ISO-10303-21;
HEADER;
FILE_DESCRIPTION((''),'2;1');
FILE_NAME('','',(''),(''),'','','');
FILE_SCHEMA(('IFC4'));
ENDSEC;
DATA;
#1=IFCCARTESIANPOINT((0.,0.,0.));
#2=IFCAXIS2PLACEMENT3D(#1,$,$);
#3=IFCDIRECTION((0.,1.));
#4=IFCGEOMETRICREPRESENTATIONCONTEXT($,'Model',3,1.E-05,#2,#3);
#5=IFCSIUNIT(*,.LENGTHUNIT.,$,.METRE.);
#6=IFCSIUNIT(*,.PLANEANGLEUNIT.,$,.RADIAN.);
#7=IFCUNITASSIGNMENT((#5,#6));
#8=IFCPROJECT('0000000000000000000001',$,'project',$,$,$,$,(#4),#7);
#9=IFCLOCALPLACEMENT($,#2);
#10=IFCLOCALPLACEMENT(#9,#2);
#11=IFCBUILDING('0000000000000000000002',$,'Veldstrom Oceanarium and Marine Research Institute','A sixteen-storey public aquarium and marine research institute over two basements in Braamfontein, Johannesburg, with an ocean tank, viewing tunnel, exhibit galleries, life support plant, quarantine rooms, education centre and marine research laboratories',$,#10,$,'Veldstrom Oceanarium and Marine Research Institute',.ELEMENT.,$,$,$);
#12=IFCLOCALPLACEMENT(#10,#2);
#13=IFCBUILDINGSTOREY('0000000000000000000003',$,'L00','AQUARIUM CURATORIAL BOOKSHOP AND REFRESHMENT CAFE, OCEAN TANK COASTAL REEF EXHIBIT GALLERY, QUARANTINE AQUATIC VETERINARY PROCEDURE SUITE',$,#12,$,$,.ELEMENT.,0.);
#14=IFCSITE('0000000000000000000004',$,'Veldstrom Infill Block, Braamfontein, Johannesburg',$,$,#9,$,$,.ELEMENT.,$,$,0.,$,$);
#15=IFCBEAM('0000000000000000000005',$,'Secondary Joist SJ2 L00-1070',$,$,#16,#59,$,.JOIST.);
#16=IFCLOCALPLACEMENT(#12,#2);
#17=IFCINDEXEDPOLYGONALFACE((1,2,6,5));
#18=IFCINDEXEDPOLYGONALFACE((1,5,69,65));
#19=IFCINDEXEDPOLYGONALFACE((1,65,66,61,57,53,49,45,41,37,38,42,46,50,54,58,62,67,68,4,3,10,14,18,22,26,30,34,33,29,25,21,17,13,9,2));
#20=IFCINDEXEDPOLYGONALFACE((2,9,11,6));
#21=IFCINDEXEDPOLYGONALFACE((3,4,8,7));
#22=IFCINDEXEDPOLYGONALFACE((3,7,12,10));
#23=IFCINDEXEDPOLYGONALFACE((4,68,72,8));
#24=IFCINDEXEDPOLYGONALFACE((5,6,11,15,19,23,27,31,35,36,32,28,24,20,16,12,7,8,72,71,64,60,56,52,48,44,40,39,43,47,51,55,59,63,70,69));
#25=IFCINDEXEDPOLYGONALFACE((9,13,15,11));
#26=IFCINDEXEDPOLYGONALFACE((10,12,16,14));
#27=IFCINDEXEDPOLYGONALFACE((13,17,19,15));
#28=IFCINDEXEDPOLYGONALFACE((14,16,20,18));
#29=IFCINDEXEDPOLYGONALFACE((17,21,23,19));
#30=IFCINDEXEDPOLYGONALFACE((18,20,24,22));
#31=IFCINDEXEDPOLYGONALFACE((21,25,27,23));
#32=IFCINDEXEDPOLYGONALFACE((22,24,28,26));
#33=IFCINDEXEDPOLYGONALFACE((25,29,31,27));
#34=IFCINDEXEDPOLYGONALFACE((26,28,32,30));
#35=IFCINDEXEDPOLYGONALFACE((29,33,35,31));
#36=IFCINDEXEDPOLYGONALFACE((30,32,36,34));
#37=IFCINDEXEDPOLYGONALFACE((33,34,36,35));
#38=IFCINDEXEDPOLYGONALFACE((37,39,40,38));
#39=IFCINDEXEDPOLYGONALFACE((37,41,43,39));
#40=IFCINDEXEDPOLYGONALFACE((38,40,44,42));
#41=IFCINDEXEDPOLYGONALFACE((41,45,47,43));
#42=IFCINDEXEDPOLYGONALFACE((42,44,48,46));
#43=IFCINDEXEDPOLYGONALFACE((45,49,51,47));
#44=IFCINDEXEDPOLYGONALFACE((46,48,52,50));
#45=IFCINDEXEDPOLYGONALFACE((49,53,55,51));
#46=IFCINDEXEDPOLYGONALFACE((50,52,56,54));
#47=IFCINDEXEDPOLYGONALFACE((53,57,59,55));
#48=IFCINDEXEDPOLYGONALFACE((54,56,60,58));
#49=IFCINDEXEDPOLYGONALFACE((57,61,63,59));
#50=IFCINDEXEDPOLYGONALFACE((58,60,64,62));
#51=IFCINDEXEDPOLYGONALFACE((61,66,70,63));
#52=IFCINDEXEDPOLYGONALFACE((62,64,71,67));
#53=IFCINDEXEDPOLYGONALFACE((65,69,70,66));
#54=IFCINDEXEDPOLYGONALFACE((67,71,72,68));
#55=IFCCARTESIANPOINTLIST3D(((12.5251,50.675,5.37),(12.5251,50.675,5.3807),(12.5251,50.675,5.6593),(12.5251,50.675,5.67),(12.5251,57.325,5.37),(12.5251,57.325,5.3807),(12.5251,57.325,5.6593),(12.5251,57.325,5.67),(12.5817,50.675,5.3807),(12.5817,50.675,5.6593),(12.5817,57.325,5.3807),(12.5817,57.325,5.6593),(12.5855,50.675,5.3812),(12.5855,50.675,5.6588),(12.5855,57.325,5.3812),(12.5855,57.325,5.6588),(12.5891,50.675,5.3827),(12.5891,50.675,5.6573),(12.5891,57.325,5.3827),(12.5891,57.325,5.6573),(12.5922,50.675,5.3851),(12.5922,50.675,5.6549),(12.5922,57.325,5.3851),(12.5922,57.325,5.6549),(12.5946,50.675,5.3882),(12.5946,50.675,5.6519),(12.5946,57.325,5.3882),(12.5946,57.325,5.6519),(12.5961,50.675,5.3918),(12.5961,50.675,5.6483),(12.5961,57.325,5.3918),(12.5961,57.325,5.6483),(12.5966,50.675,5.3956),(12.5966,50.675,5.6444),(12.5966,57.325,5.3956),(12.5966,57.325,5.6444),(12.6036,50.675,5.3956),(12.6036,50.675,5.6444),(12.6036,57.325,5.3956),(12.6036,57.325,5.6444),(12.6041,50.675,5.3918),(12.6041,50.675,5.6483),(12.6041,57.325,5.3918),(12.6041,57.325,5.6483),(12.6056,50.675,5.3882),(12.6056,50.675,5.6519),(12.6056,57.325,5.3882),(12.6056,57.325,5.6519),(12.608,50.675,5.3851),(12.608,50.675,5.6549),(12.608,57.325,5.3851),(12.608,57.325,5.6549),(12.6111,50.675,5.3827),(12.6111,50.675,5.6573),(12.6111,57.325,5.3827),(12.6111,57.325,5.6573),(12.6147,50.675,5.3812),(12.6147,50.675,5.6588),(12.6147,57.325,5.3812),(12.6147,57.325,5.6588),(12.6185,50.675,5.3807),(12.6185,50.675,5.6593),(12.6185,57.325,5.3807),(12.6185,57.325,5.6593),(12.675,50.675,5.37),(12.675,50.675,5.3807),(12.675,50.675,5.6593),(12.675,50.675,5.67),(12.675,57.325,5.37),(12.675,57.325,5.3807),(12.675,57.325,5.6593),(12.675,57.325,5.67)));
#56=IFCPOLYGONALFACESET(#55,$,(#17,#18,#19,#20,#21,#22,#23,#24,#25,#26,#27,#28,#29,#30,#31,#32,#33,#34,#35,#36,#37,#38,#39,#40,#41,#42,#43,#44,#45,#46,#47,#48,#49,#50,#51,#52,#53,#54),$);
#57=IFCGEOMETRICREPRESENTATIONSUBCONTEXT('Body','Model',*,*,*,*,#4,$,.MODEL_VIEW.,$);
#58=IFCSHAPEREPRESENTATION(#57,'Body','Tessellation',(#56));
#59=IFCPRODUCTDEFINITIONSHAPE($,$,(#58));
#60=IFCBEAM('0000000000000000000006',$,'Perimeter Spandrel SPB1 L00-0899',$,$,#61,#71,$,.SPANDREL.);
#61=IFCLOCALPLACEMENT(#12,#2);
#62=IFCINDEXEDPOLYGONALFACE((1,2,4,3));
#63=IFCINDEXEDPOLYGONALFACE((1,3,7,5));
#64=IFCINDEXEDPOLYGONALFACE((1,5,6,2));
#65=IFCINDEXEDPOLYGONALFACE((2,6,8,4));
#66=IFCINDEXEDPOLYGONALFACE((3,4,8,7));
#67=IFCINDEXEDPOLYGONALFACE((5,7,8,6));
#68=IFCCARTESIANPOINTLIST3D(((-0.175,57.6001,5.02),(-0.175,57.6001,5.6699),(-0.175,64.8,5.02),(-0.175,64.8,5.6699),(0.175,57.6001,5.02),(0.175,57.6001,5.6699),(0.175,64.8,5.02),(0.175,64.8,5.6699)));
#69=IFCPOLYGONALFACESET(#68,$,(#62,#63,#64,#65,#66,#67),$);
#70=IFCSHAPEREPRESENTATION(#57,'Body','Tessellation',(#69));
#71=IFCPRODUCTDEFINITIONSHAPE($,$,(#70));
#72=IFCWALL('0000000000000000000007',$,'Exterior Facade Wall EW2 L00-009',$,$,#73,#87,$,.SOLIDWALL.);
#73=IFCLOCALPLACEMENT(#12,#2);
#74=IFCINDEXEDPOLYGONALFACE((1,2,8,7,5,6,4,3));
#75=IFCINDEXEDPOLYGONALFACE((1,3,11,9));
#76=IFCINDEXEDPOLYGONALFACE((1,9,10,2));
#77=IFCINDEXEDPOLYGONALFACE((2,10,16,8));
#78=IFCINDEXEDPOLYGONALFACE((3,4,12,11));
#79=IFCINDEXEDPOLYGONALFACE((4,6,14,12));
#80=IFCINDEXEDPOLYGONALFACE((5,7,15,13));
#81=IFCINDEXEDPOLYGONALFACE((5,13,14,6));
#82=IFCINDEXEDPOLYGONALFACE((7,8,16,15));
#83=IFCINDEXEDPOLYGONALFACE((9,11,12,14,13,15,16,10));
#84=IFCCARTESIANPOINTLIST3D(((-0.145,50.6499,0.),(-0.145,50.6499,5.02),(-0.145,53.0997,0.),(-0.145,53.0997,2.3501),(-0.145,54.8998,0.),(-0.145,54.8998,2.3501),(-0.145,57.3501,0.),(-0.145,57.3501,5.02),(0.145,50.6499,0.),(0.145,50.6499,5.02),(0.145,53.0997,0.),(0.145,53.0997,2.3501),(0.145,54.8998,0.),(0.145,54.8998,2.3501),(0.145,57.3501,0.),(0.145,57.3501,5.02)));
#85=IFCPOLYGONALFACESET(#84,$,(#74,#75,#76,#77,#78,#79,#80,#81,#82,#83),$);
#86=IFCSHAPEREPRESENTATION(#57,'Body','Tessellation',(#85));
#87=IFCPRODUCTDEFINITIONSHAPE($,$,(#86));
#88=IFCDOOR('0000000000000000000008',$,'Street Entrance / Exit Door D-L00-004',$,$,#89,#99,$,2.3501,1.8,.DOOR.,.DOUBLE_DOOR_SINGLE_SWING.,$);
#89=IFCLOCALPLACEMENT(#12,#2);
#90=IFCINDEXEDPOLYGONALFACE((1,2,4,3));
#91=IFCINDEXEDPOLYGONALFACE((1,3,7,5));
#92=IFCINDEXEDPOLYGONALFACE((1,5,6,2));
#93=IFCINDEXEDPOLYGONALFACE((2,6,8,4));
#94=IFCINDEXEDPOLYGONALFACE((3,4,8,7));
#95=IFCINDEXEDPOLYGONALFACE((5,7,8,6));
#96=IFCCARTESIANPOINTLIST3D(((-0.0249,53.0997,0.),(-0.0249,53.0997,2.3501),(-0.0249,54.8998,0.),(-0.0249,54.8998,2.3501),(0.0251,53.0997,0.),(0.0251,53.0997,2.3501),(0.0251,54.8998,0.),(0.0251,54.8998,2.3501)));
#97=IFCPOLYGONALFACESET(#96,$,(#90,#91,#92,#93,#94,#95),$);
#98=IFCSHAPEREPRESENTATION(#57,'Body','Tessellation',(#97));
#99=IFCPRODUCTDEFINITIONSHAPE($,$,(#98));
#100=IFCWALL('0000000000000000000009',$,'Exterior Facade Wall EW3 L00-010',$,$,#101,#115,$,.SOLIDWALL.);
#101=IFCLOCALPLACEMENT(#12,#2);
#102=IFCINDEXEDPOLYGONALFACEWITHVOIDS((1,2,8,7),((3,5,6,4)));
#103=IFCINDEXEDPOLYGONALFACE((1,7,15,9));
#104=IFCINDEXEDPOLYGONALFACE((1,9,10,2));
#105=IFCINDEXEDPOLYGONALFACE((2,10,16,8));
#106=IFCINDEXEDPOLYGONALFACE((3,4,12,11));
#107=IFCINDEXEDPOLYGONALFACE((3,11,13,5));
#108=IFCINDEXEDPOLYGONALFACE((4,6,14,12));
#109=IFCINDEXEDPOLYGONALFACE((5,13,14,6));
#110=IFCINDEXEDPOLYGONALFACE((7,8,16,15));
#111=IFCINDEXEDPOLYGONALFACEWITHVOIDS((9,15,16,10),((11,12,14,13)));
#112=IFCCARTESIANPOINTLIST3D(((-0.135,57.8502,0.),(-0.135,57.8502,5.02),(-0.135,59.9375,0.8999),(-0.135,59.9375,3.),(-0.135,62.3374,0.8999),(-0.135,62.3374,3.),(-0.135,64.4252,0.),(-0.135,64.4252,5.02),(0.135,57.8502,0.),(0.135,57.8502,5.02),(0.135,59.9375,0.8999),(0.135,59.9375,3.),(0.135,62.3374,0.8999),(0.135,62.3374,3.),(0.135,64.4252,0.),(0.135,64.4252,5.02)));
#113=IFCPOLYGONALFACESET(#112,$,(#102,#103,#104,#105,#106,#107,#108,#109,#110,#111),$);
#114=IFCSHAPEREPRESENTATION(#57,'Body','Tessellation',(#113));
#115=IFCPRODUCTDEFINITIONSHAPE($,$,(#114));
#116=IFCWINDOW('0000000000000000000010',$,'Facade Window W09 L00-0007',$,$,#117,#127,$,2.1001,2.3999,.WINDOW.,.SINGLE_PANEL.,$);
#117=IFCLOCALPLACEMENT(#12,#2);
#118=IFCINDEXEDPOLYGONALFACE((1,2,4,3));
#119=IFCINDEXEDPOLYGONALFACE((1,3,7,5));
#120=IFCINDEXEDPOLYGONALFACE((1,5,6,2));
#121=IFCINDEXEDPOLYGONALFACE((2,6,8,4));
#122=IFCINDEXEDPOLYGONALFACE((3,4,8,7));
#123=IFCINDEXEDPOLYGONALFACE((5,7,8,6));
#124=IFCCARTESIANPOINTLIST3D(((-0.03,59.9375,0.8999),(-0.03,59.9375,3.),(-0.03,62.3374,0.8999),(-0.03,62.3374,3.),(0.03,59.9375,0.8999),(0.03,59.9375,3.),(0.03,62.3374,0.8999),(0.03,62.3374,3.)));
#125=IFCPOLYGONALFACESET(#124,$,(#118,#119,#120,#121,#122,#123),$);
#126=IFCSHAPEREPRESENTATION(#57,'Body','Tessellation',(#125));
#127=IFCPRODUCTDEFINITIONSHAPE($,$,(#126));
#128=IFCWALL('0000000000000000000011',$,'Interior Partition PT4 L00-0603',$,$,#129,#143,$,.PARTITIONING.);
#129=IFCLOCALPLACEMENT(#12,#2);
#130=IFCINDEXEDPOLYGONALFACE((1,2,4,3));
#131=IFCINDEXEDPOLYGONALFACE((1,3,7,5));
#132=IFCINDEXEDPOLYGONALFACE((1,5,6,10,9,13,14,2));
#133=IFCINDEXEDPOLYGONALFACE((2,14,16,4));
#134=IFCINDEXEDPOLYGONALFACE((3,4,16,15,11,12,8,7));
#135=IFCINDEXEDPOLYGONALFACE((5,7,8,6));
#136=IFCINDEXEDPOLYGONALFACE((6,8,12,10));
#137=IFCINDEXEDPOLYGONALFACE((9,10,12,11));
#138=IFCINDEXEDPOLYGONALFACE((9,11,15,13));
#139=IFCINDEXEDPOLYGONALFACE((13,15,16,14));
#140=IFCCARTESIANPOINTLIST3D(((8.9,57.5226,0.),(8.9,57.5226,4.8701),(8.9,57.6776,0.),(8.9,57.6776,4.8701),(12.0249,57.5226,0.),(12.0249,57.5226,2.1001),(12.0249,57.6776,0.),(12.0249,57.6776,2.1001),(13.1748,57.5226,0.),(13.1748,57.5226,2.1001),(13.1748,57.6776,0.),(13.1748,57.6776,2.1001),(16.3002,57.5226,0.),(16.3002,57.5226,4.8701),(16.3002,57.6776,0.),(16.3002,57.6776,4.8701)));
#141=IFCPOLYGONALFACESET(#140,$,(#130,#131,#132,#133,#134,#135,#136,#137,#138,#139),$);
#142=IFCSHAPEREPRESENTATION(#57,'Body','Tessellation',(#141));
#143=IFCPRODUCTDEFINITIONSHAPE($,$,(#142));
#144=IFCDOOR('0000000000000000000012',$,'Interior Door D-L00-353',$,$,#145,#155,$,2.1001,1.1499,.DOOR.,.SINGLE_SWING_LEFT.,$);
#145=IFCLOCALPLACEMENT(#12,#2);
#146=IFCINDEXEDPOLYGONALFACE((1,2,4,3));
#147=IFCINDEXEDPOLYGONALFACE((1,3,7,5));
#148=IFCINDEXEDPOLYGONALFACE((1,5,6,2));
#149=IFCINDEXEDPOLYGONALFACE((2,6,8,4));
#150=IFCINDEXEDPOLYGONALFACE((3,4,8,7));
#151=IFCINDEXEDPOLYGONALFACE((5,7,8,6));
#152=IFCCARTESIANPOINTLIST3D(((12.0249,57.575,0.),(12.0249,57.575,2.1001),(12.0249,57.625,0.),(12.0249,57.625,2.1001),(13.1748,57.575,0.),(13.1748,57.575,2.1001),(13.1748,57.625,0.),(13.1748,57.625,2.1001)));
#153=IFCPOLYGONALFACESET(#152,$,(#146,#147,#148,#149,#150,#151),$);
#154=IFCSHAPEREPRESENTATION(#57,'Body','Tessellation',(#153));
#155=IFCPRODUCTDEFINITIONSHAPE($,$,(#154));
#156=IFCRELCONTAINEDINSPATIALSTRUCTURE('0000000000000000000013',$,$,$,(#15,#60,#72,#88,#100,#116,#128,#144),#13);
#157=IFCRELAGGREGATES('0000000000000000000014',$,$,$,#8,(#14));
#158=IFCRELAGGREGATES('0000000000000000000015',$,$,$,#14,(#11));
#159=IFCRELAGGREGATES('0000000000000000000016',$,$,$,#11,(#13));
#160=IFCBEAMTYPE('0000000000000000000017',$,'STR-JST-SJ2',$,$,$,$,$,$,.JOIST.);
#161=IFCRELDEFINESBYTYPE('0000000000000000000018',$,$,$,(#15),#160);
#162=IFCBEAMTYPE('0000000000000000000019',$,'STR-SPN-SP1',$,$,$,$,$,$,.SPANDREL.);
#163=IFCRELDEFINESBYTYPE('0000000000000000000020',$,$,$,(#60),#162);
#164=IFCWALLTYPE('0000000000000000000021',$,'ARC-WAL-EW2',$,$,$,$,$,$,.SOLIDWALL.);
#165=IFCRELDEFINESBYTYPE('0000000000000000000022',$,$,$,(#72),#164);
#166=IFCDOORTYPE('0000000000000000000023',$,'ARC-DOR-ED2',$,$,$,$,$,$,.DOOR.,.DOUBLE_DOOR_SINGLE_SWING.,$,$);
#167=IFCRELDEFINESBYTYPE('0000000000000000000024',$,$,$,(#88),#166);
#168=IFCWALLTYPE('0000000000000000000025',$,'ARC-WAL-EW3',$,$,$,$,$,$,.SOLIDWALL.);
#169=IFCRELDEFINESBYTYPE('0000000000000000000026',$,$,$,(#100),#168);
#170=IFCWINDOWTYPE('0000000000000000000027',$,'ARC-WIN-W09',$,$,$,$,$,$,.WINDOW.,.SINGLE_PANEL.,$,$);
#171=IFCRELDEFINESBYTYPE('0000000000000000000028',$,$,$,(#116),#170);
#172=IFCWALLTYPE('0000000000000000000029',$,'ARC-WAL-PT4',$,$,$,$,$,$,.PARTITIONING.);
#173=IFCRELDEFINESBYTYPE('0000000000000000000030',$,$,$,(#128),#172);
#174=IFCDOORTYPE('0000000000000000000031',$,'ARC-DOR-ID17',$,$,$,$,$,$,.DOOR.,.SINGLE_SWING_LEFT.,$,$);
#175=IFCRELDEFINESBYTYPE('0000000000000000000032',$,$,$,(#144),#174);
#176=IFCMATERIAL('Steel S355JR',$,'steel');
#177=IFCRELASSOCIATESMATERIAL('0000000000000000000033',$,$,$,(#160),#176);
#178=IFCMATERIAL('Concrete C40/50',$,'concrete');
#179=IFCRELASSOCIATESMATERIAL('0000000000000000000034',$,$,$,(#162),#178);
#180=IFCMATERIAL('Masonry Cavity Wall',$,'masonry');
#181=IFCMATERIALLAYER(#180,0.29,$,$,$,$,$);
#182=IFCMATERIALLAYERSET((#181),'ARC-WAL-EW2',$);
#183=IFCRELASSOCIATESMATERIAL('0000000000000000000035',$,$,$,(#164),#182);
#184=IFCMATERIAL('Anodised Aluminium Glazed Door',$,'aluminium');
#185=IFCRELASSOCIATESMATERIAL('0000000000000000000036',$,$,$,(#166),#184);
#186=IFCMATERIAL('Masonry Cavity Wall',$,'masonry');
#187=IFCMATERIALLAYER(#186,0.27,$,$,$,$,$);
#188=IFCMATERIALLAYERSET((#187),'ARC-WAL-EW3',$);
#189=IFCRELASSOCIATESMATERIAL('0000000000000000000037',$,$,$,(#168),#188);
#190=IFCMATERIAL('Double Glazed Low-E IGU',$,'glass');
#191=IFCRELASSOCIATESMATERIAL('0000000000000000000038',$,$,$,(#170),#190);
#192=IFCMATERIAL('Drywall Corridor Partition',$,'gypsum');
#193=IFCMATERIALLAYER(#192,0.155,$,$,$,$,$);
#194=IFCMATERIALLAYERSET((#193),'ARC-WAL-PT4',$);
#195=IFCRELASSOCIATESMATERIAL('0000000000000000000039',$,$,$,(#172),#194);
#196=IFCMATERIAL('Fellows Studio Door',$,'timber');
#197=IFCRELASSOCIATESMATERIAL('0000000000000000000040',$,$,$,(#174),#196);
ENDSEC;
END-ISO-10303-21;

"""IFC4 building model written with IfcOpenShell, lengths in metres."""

from ifc_helpers import new_model, si_unit, direction, frame, frame_2d, origin, origin_2d, place, context, subcontext, project, spatial, rectangle, i_section, extrude, material, layer, layer_set, material_profile, profile_set, type_object, element, fill, save


model = new_model("IFC4")

# Units and contexts
model_context = context("Model", 3, precision=1e-05, world=origin(), true_north=direction((0.0, 1.0)))
body_context = subcontext(model_context, "Body", "Model", "MODEL_VIEW")
ifc_project = project(units=[si_unit("LENGTHUNIT", "METRE"), si_unit("PLANEANGLEUNIT", "RADIAN")], contexts=[model_context])

# Site, building, storey
site_placement = place(None, origin())
site = spatial("IfcSite", under=ifc_project, at=site_placement, Name="Veldstrom Infill Block, Braamfontein, Johannesburg", CompositionType="ELEMENT", RefElevation=0.0)
building_placement = place(site_placement, origin())
building = spatial("IfcBuilding", under=site, at=building_placement, Name="Veldstrom Oceanarium and Marine Research Institute", Description="A sixteen-storey public aquarium and marine research institute over two basements in Braamfontein, Johannesburg, with an ocean tank, viewing tunnel, exhibit galleries, life support plant, quarantine rooms, education centre and marine research laboratories", LongName="Veldstrom Oceanarium and Marine Research Institute", CompositionType="ELEMENT")
storey_placement = place(building_placement, origin())
storey = spatial("IfcBuildingStorey", under=building, at=storey_placement, Name="L00", Description="AQUARIUM CURATORIAL BOOKSHOP AND REFRESHMENT CAFE, OCEAN TANK COASTAL REEF EXHIBIT GALLERY, QUARANTINE AQUATIC VETERINARY PROCEDURE SUITE", CompositionType="ELEMENT", Elevation=0.0)

# Beams
ifc_material_1 = material(Name="Steel S355JR", Category="steel")
ifc_material_profile_1 = material_profile(ifc_material_1, i_section(OverallWidth=0.1499, OverallDepth=0.3, WebThickness=0.0071, FlangeThickness=0.0107, FilletRadius=0.0149, at=origin_2d()), Name="IPE 300")
ifc_profile_set_1 = profile_set([ifc_material_profile_1], Name="Steel S355JR")
beam_type_1 = type_object("IfcBeamType", Name="STR-JST-SJ2", PredefinedType="JOIST", material=ifc_profile_set_1)
for number, where, z_axis, x_axis, name in (
    (1, (12.6001, 50.675, 5.52), (0.0, 1.0, 0.0), (-1.0, 0.0, 0.0), "Secondary Joist SJ2 L00-1070"),
):
    element("IfcBeam", number, at=place(storey_placement, frame(where, z_axis=z_axis, x_axis=x_axis)), inside=storey, type_object=beam_type_1, Name=name, PredefinedType="JOIST", context=body_context, shape_type="SweptSolid", body=[
        extrude(i_section(OverallWidth=0.1499, OverallDepth=0.3, WebThickness=0.0071, FlangeThickness=0.0107, FilletRadius=0.0149, at=origin_2d()), origin(), (0.0, 0.0, 1.0), 6.6499),
    ])
ifc_material_2 = material(Name="Concrete C40/50", Category="concrete")
ifc_material_profile_2 = material_profile(ifc_material_2, rectangle(XDim=0.3501, YDim=0.6499, at=origin_2d()), Name="RC-SPN-350x650")
ifc_profile_set_2 = profile_set([ifc_material_profile_2], Name="Concrete C40/50")
beam_type_2 = type_object("IfcBeamType", Name="STR-SPN-SP1", PredefinedType="SPANDREL", material=ifc_profile_set_2)
beam_1_placement = place(storey_placement, frame((0.0, 57.6001, 5.345), z_axis=(0.0, 1.0, 0.0), x_axis=(-1.0, 0.0, 0.0)))
element("IfcBeam", 2, at=beam_1_placement, inside=storey, type_object=beam_type_2, Name="Perimeter Spandrel SPB1 L00-0899", PredefinedType="SPANDREL", context=body_context, shape_type="SweptSolid", body=[
    extrude(rectangle(XDim=0.3501, YDim=0.6499, at=origin_2d()), origin(), (0.0, 0.0, 1.0), 7.2),
])

# Wall, opening, door
ifc_material_3 = material(Name="Masonry Cavity Wall", Category="masonry")
ifc_layer_1 = layer(ifc_material_3, 0.29)
ifc_layer_set_1 = layer_set([ifc_layer_1], Name="ARC-WAL-EW2")
wall_type_1 = type_object("IfcWallType", Name="ARC-WAL-EW2", PredefinedType="SOLIDWALL", material=ifc_layer_set_1)
wall_1_placement = place(storey_placement, frame((0.0, 50.6499, 0.0), z_axis=(0.0, 0.0, 1.0), x_axis=(0.0, 1.0, 0.0)))
wall_1 = element("IfcWall", 3, at=wall_1_placement, inside=storey, type_object=wall_type_1, Name="Exterior Facade Wall EW2 L00-009", PredefinedType="SOLIDWALL", context=body_context, shape_type="SweptSolid", body=[
    extrude(rectangle(XDim=6.7002, YDim=0.29, at=frame_2d((3.3501, 0.0))), origin(), (0.0, 0.0, 1.0), 5.02),
])
opening_1_placement = place(wall_1_placement, frame((2.45, 0.0, 0.0)))
opening_1 = element("IfcOpeningElement", 4, at=opening_1_placement, cuts=wall_1, PredefinedType="OPENING", context=body_context, shape_type="SweptSolid", body=[
    extrude(rectangle(XDim=1.8, YDim=2.3501, at=frame_2d((0.8999, 1.175))), frame((0.0, 0.155, 0.0), z_axis=(0.0, -1.0, 0.0), x_axis=(1.0, 0.0, 0.0)), (0.0, 0.0, 1.0), 0.3101),
])
ifc_material_4 = material(Name="Anodised Aluminium Glazed Door", Category="aluminium")
door_type_1 = type_object("IfcDoorType", Name="ARC-DOR-ED2", OperationType="DOUBLE_DOOR_SINGLE_SWING", PredefinedType="DOOR", material=ifc_material_4)
door_1_placement = place(opening_1_placement, origin())
door_1 = element("IfcDoor", 5, at=door_1_placement, inside=storey, type_object=door_type_1, Name="Street Entrance / Exit Door D-L00-004", OperationType="DOUBLE_DOOR_SINGLE_SWING", OverallHeight=2.3501, OverallWidth=1.8, PredefinedType="DOOR", context=body_context, shape_type="SweptSolid", body=[
    extrude(rectangle(XDim=1.8, YDim=2.3501, at=frame_2d((0.8999, 1.175))), frame((0.0, 0.0249, 0.0), z_axis=(0.0, -1.0, 0.0), x_axis=(1.0, 0.0, 0.0)), (0.0, 0.0, 1.0), 0.05),
])
fill(opening_1, door_1)

# Wall, opening, window
ifc_material_5 = material(Name="Masonry Cavity Wall", Category="masonry")
ifc_layer_2 = layer(ifc_material_5, 0.27)
ifc_layer_set_2 = layer_set([ifc_layer_2], Name="ARC-WAL-EW3")
wall_type_2 = type_object("IfcWallType", Name="ARC-WAL-EW3", PredefinedType="SOLIDWALL", material=ifc_layer_set_2)
wall_2_placement = place(storey_placement, frame((0.0, 57.8501, 0.0), z_axis=(0.0, 0.0, 1.0), x_axis=(0.0, 1.0, 0.0)))
wall_2 = element("IfcWall", 6, at=wall_2_placement, inside=storey, type_object=wall_type_2, Name="Exterior Facade Wall EW3 L00-010", PredefinedType="SOLIDWALL", context=body_context, shape_type="SweptSolid", body=[
    extrude(rectangle(XDim=6.575, YDim=0.27, at=frame_2d((3.2876, 0.0))), origin(), (0.0, 0.0, 1.0), 5.02),
])
opening_2_placement = place(wall_2_placement, frame((2.0874, 0.0, 0.8999)))
opening_2 = element("IfcOpeningElement", 7, at=opening_2_placement, cuts=wall_2, PredefinedType="OPENING", context=body_context, shape_type="SweptSolid", body=[
    extrude(rectangle(XDim=2.3999, YDim=2.1001, at=frame_2d((1.2, 1.05))), frame((0.0, 0.145, 0.0), z_axis=(0.0, -1.0, 0.0), x_axis=(1.0, 0.0, 0.0)), (0.0, 0.0, 1.0), 0.29),
])
ifc_material_6 = material(Name="Double Glazed Low-E IGU", Category="glass")
window_type = type_object("IfcWindowType", Name="ARC-WIN-W09", PartitioningType="SINGLE_PANEL", PredefinedType="WINDOW", material=ifc_material_6)
window_placement = place(opening_2_placement, origin())
window = element("IfcWindow", 8, at=window_placement, inside=storey, type_object=window_type, Name="Facade Window W09 L00-0007", OverallHeight=2.1001, OverallWidth=2.3999, PartitioningType="SINGLE_PANEL", PredefinedType="WINDOW", context=body_context, shape_type="SweptSolid", body=[
    extrude(rectangle(XDim=2.3999, YDim=2.1001, at=frame_2d((1.2, 1.05))), frame((0.0, 0.03, 0.0), z_axis=(0.0, -1.0, 0.0), x_axis=(1.0, 0.0, 0.0)), (0.0, 0.0, 1.0), 0.0601),
])
fill(opening_2, window)

# Wall, opening, door
ifc_material_7 = material(Name="Drywall Corridor Partition", Category="gypsum")
ifc_layer_3 = layer(ifc_material_7, 0.155)
ifc_layer_set_3 = layer_set([ifc_layer_3], Name="ARC-WAL-PT4")
wall_type_3 = type_object("IfcWallType", Name="ARC-WAL-PT4", PredefinedType="PARTITIONING", material=ifc_layer_set_3)
wall_3_placement = place(storey_placement, frame((8.8999, 57.6001, 0.0), z_axis=(0.0, 0.0, 1.0), x_axis=(1.0, 0.0, 0.0)))
wall_3 = element("IfcWall", 9, at=wall_3_placement, inside=storey, type_object=wall_type_3, Name="Interior Partition PT4 L00-0603", PredefinedType="PARTITIONING", context=body_context, shape_type="SweptSolid", body=[
    extrude(rectangle(XDim=7.4001, YDim=0.155, at=frame_2d((3.7002, 0.0))), origin(), (0.0, 0.0, 1.0), 4.8701),
])
opening_3_placement = place(wall_3_placement, frame((3.125, 0.0, 0.0)))
opening_3 = element("IfcOpeningElement", 10, at=opening_3_placement, cuts=wall_3, PredefinedType="OPENING", context=body_context, shape_type="SweptSolid", body=[
    extrude(rectangle(XDim=1.1499, YDim=2.1001, at=frame_2d((0.575, 1.05))), frame((0.0, 0.0874, 0.0), z_axis=(0.0, -1.0, 0.0), x_axis=(1.0, 0.0, 0.0)), (0.0, 0.0, 1.0), 0.175),
])
ifc_material_8 = material(Name="Fellows Studio Door", Category="timber")
door_type_2 = type_object("IfcDoorType", Name="ARC-DOR-ID17", OperationType="SINGLE_SWING_LEFT", PredefinedType="DOOR", material=ifc_material_8)
door_2_placement = place(opening_3_placement, origin())
door_2 = element("IfcDoor", 11, at=door_2_placement, inside=storey, type_object=door_type_2, Name="Interior Door D-L00-353", OperationType="SINGLE_SWING_LEFT", OverallHeight=2.1001, OverallWidth=1.1499, PredefinedType="DOOR", context=body_context, shape_type="SweptSolid", body=[
    extrude(rectangle(XDim=1.1499, YDim=2.1001, at=frame_2d((0.575, 1.05))), frame((0.0, 0.0249, 0.0), z_axis=(0.0, -1.0, 0.0), x_axis=(1.0, 0.0, 0.0)), (0.0, 0.0, 1.0), 0.05),
])
fill(opening_3, door_2)

save(model, "model.ifc")
